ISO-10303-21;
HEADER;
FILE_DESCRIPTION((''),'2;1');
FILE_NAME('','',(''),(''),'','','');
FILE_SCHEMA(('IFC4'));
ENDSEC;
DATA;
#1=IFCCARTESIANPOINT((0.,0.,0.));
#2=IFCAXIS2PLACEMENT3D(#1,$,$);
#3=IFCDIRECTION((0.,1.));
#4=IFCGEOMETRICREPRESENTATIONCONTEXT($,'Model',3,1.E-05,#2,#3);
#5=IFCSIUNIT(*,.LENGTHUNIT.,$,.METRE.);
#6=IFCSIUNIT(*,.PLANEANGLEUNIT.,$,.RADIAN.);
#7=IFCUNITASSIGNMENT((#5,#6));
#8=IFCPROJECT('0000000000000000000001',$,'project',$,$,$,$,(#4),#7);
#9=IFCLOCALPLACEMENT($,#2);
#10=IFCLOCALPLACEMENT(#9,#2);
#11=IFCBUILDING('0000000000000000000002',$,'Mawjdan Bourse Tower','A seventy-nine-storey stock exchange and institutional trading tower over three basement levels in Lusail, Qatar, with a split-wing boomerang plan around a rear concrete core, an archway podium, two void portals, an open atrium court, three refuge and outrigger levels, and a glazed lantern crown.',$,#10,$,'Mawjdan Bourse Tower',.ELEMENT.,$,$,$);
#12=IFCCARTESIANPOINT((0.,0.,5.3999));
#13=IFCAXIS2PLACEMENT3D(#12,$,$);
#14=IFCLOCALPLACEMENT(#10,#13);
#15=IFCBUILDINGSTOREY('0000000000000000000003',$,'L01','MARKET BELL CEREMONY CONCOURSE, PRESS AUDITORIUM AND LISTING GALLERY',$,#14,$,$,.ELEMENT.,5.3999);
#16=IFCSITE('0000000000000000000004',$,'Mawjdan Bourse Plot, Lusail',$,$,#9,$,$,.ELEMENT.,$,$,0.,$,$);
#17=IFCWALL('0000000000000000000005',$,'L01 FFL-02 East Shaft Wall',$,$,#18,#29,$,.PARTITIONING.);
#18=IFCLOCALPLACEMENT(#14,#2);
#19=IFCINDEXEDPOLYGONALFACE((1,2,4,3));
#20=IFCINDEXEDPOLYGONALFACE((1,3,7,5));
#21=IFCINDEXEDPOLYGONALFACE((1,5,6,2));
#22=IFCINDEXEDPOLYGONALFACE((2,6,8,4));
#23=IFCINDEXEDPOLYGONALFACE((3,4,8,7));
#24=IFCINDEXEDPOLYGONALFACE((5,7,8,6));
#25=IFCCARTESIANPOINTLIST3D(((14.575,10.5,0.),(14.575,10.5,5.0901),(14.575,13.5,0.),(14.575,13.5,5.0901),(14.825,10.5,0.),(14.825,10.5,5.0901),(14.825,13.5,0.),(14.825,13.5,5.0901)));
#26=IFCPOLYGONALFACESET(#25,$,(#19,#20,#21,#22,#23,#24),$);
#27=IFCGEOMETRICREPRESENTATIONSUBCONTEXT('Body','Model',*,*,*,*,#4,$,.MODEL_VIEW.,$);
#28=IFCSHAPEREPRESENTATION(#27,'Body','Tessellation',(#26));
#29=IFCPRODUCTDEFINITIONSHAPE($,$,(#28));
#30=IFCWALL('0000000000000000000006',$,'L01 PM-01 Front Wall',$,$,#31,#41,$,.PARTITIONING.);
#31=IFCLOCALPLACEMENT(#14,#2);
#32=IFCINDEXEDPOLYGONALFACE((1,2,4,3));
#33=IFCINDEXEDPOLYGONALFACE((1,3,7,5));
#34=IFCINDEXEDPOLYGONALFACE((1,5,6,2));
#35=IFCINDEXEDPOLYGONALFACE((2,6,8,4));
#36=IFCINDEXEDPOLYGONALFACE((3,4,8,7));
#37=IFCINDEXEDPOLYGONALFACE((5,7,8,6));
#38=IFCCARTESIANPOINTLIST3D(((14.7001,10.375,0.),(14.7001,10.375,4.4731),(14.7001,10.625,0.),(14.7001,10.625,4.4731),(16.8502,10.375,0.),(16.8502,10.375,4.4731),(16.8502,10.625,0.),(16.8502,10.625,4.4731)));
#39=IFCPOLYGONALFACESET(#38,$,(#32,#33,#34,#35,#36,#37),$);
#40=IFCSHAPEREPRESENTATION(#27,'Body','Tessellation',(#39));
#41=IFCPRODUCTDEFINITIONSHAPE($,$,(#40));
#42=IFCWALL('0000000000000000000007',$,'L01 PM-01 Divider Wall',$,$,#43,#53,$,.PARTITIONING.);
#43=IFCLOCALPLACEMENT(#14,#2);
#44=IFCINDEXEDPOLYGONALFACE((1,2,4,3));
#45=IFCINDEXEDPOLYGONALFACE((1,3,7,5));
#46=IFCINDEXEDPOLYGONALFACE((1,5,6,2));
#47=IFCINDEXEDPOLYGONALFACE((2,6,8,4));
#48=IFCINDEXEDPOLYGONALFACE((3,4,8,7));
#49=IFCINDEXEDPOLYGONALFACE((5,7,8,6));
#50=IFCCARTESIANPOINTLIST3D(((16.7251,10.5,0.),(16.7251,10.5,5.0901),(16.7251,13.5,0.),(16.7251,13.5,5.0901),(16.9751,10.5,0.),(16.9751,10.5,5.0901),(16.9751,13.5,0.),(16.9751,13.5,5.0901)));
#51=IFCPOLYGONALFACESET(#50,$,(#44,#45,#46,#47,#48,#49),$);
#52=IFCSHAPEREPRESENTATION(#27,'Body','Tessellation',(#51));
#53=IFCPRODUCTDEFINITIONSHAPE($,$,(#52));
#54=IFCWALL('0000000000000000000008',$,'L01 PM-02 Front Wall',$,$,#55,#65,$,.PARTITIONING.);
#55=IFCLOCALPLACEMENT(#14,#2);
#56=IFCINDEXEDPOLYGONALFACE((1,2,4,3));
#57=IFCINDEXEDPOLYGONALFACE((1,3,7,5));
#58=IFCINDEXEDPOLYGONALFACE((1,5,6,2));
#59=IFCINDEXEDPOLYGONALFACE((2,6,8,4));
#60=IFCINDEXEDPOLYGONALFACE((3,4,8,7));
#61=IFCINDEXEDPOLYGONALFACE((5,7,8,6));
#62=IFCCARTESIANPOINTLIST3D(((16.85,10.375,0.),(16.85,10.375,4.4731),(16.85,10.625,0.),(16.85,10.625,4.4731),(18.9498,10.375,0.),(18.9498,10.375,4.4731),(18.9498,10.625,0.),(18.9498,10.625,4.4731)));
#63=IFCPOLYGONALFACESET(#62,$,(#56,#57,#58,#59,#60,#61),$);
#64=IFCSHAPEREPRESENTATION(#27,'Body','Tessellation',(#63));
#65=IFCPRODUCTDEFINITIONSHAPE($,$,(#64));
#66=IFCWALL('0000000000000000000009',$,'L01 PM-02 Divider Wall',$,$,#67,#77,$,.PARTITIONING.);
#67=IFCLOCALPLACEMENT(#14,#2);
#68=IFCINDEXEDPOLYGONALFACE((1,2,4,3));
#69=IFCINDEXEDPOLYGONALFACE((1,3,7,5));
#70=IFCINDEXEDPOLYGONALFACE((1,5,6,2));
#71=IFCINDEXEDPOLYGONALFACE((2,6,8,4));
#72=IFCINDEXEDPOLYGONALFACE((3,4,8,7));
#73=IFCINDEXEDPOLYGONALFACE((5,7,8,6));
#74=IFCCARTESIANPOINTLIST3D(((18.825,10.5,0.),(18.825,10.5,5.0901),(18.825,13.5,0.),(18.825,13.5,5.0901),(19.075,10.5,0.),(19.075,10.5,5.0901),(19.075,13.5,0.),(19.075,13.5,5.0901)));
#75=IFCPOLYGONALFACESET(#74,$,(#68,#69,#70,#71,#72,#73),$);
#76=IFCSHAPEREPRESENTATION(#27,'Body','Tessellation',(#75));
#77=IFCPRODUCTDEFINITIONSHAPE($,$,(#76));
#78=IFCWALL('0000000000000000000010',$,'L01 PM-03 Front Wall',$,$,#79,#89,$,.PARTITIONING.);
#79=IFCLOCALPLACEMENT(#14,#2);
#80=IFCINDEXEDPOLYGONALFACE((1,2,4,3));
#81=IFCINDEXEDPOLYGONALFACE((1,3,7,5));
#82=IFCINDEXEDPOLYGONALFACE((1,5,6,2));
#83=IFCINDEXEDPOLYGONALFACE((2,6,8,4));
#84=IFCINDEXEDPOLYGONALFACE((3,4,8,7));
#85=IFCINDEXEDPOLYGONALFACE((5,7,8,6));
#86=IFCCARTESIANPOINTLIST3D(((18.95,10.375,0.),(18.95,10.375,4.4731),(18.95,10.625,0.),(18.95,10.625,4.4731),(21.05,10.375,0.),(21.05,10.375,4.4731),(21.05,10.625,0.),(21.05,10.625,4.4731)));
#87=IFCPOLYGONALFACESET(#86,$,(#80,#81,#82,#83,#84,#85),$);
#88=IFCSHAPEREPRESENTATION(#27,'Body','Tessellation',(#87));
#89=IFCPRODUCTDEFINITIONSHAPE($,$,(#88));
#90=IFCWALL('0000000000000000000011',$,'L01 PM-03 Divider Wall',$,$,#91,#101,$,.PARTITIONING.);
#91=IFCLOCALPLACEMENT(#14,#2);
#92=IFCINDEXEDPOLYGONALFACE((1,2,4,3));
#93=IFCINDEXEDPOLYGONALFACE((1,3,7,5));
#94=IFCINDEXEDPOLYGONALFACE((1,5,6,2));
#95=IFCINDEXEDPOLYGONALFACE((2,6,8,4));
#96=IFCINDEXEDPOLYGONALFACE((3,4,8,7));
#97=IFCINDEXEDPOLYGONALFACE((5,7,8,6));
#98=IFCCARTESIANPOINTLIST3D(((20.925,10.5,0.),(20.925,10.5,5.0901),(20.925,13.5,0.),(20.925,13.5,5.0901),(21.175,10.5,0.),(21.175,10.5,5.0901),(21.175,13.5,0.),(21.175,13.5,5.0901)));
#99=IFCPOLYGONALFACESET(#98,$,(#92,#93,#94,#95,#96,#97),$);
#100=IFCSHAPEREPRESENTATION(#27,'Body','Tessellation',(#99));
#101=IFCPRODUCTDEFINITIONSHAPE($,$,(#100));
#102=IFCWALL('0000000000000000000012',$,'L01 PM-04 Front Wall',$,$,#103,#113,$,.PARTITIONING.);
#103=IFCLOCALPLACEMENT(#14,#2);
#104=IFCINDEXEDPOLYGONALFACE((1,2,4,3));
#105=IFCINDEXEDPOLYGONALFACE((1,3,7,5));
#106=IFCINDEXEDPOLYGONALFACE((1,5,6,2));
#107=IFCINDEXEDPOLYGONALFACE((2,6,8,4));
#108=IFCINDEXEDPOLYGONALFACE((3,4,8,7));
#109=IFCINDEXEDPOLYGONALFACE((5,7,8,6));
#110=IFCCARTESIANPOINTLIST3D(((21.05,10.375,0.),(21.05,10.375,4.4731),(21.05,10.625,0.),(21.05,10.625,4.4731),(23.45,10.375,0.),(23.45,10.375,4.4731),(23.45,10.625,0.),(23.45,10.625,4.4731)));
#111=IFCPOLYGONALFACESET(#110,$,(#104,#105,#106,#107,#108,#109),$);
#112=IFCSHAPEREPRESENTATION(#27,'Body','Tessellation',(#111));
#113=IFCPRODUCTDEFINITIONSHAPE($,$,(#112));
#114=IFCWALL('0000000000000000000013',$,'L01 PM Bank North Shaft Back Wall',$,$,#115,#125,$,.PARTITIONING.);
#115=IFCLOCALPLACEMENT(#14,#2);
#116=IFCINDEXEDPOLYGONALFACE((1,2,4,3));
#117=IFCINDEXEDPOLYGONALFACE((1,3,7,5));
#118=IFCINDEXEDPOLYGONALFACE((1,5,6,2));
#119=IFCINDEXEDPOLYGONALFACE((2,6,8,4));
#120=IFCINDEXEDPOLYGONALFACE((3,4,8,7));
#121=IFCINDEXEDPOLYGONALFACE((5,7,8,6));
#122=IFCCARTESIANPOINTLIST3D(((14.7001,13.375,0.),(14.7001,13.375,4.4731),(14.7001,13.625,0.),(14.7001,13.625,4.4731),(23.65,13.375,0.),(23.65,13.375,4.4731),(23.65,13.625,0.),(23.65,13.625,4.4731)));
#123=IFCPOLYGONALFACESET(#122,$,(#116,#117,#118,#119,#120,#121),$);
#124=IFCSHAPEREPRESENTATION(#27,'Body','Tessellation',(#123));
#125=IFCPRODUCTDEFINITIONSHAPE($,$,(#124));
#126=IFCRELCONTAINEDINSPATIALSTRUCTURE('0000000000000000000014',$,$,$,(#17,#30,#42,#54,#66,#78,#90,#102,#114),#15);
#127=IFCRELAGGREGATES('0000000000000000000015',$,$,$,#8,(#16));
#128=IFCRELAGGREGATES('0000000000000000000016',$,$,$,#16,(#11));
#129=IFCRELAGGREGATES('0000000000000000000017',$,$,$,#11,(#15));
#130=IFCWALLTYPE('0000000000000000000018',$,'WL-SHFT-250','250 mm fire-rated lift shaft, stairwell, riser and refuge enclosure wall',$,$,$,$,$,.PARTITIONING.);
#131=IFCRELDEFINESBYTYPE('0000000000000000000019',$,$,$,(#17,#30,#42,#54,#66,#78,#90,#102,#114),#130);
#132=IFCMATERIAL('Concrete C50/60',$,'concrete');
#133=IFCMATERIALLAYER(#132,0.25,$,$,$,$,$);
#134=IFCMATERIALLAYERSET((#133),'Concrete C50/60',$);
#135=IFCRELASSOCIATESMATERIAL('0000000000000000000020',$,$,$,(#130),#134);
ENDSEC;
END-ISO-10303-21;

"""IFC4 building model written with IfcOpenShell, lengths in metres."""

from ifc_helpers import new_model, si_unit, direction, frame, frame_2d, origin, place, context, subcontext, project, spatial, rectangle, extrude, material, layer, layer_set, type_object, element, save


model = new_model("IFC4")

# Units and contexts
model_context = context("Model", 3, precision=1e-05, world=origin(), true_north=direction((0.0, 1.0)))
body_context = subcontext(model_context, "Body", "Model", "MODEL_VIEW")
ifc_project = project(units=[si_unit("LENGTHUNIT", "METRE"), si_unit("PLANEANGLEUNIT", "RADIAN")], contexts=[model_context])

# Site, building, storey
site_placement = place(None, origin())
site = spatial("IfcSite", under=ifc_project, at=site_placement, Name="Mawjdan Bourse Plot, Lusail", CompositionType="ELEMENT", RefElevation=0.0)
building_placement = place(site_placement, origin())
building = spatial("IfcBuilding", under=site, at=building_placement, Name="Mawjdan Bourse Tower", Description="A seventy-nine-storey stock exchange and institutional trading tower over three basement levels in Lusail, Qatar, with a split-wing boomerang plan around a rear concrete core, an archway podium, two void portals, an open atrium court, three refuge and outrigger levels, and a glazed lantern crown.", LongName="Mawjdan Bourse Tower", CompositionType="ELEMENT")
storey_placement = place(building_placement, frame((0.0, 0.0, 5.3999)))
storey = spatial("IfcBuildingStorey", under=building, at=storey_placement, Name="L01", Description="MARKET BELL CEREMONY CONCOURSE, PRESS AUDITORIUM AND LISTING GALLERY", CompositionType="ELEMENT", Elevation=5.3999)

# Walls
ifc_material_1 = material(Name="Concrete C50/60", Category="concrete")
ifc_layer_1 = layer(ifc_material_1, 0.25)
ifc_layer_set_1 = layer_set([ifc_layer_1], Name="Concrete C50/60")
wall_type_1 = type_object("IfcWallType", Name="WL-SHFT-250", Description="250 mm fire-rated lift shaft, stairwell, riser and refuge enclosure wall", PredefinedType="PARTITIONING", material=ifc_layer_set_1)
wall_1_placement = place(storey_placement, frame((14.7, 10.5, 0.0), z_axis=(0.0, 0.0, 1.0), x_axis=(0.0, 1.0, 0.0)))
element("IfcWall", 1, at=wall_1_placement, inside=storey, type_object=wall_type_1, Name="L01 FFL-02 East Shaft Wall", PredefinedType="PARTITIONING", context=body_context, shape_type="SweptSolid", body=[
    extrude(rectangle(XDim=3.0, YDim=0.25, at=frame_2d((1.5, 0.0))), origin(), (0.0, 0.0, 1.0), 5.0901),
])
wall_2_placement = place(storey_placement, frame((14.7, 10.5, 0.0), z_axis=(0.0, 0.0, 1.0), x_axis=(1.0, 0.0, 0.0)))
element("IfcWall", 2, at=wall_2_placement, inside=storey, type_object=wall_type_1, Name="L01 PM-01 Front Wall", PredefinedType="PARTITIONING", context=body_context, shape_type="SweptSolid", body=[
    extrude(rectangle(XDim=2.1501, YDim=0.25, at=frame_2d((1.0752, 0.0))), origin(), (0.0, 0.0, 1.0), 4.4731),
])
wall_3_placement = place(storey_placement, frame((16.8501, 10.5, 0.0), z_axis=(0.0, 0.0, 1.0), x_axis=(0.0, 1.0, 0.0)))
element("IfcWall", 3, at=wall_3_placement, inside=storey, type_object=wall_type_1, Name="L01 PM-01 Divider Wall", PredefinedType="PARTITIONING", context=body_context, shape_type="SweptSolid", body=[
    extrude(rectangle(XDim=3.0, YDim=0.25, at=frame_2d((1.5, 0.0))), origin(), (0.0, 0.0, 1.0), 5.0901),
])
wall_4_placement = place(storey_placement, frame((16.8501, 10.5, 0.0), z_axis=(0.0, 0.0, 1.0), x_axis=(1.0, 0.0, 0.0)))
element("IfcWall", 4, at=wall_4_placement, inside=storey, type_object=wall_type_1, Name="L01 PM-02 Front Wall", PredefinedType="PARTITIONING", context=body_context, shape_type="SweptSolid", body=[
    extrude(rectangle(XDim=2.0999, YDim=0.25, at=frame_2d((1.0498, 0.0))), origin(), (0.0, 0.0, 1.0), 4.4731),
])
wall_5_placement = place(storey_placement, frame((18.95, 10.5, 0.0), z_axis=(0.0, 0.0, 1.0), x_axis=(0.0, 1.0, 0.0)))
element("IfcWall", 5, at=wall_5_placement, inside=storey, type_object=wall_type_1, Name="L01 PM-02 Divider Wall", PredefinedType="PARTITIONING", context=body_context, shape_type="SweptSolid", body=[
    extrude(rectangle(XDim=3.0, YDim=0.25, at=frame_2d((1.5, 0.0))), origin(), (0.0, 0.0, 1.0), 5.0901),
])
wall_6_placement = place(storey_placement, frame((18.95, 10.5, 0.0), z_axis=(0.0, 0.0, 1.0), x_axis=(1.0, 0.0, 0.0)))
element("IfcWall", 6, at=wall_6_placement, inside=storey, type_object=wall_type_1, Name="L01 PM-03 Front Wall", PredefinedType="PARTITIONING", context=body_context, shape_type="SweptSolid", body=[
    extrude(rectangle(XDim=2.1001, YDim=0.25, at=frame_2d((1.05, 0.0))), origin(), (0.0, 0.0, 1.0), 4.4731),
])
wall_7_placement = place(storey_placement, frame((21.05, 10.5, 0.0), z_axis=(0.0, 0.0, 1.0), x_axis=(0.0, 1.0, 0.0)))
element("IfcWall", 7, at=wall_7_placement, inside=storey, type_object=wall_type_1, Name="L01 PM-03 Divider Wall", PredefinedType="PARTITIONING", context=body_context, shape_type="SweptSolid", body=[
    extrude(rectangle(XDim=3.0, YDim=0.25, at=frame_2d((1.5, 0.0))), origin(), (0.0, 0.0, 1.0), 5.0901),
])
wall_8_placement = place(storey_placement, frame((21.05, 10.5, 0.0), z_axis=(0.0, 0.0, 1.0), x_axis=(1.0, 0.0, 0.0)))
element("IfcWall", 8, at=wall_8_placement, inside=storey, type_object=wall_type_1, Name="L01 PM-04 Front Wall", PredefinedType="PARTITIONING", context=body_context, shape_type="SweptSolid", body=[
    extrude(rectangle(XDim=2.3999, YDim=0.25, at=frame_2d((1.2, 0.0))), origin(), (0.0, 0.0, 1.0), 4.4731),
])
wall_9_placement = place(storey_placement, frame((14.7, 13.5, 0.0), z_axis=(0.0, 0.0, 1.0), x_axis=(1.0, 0.0, 0.0)))
element("IfcWall", 9, at=wall_9_placement, inside=storey, type_object=wall_type_1, Name="L01 PM Bank North Shaft Back Wall", PredefinedType="PARTITIONING", context=body_context, shape_type="SweptSolid", body=[
    extrude(rectangle(XDim=8.95, YDim=0.25, at=frame_2d((4.4751, 0.0))), origin(), (0.0, 0.0, 1.0), 4.4731),
])

save(model, "model.ifc")
